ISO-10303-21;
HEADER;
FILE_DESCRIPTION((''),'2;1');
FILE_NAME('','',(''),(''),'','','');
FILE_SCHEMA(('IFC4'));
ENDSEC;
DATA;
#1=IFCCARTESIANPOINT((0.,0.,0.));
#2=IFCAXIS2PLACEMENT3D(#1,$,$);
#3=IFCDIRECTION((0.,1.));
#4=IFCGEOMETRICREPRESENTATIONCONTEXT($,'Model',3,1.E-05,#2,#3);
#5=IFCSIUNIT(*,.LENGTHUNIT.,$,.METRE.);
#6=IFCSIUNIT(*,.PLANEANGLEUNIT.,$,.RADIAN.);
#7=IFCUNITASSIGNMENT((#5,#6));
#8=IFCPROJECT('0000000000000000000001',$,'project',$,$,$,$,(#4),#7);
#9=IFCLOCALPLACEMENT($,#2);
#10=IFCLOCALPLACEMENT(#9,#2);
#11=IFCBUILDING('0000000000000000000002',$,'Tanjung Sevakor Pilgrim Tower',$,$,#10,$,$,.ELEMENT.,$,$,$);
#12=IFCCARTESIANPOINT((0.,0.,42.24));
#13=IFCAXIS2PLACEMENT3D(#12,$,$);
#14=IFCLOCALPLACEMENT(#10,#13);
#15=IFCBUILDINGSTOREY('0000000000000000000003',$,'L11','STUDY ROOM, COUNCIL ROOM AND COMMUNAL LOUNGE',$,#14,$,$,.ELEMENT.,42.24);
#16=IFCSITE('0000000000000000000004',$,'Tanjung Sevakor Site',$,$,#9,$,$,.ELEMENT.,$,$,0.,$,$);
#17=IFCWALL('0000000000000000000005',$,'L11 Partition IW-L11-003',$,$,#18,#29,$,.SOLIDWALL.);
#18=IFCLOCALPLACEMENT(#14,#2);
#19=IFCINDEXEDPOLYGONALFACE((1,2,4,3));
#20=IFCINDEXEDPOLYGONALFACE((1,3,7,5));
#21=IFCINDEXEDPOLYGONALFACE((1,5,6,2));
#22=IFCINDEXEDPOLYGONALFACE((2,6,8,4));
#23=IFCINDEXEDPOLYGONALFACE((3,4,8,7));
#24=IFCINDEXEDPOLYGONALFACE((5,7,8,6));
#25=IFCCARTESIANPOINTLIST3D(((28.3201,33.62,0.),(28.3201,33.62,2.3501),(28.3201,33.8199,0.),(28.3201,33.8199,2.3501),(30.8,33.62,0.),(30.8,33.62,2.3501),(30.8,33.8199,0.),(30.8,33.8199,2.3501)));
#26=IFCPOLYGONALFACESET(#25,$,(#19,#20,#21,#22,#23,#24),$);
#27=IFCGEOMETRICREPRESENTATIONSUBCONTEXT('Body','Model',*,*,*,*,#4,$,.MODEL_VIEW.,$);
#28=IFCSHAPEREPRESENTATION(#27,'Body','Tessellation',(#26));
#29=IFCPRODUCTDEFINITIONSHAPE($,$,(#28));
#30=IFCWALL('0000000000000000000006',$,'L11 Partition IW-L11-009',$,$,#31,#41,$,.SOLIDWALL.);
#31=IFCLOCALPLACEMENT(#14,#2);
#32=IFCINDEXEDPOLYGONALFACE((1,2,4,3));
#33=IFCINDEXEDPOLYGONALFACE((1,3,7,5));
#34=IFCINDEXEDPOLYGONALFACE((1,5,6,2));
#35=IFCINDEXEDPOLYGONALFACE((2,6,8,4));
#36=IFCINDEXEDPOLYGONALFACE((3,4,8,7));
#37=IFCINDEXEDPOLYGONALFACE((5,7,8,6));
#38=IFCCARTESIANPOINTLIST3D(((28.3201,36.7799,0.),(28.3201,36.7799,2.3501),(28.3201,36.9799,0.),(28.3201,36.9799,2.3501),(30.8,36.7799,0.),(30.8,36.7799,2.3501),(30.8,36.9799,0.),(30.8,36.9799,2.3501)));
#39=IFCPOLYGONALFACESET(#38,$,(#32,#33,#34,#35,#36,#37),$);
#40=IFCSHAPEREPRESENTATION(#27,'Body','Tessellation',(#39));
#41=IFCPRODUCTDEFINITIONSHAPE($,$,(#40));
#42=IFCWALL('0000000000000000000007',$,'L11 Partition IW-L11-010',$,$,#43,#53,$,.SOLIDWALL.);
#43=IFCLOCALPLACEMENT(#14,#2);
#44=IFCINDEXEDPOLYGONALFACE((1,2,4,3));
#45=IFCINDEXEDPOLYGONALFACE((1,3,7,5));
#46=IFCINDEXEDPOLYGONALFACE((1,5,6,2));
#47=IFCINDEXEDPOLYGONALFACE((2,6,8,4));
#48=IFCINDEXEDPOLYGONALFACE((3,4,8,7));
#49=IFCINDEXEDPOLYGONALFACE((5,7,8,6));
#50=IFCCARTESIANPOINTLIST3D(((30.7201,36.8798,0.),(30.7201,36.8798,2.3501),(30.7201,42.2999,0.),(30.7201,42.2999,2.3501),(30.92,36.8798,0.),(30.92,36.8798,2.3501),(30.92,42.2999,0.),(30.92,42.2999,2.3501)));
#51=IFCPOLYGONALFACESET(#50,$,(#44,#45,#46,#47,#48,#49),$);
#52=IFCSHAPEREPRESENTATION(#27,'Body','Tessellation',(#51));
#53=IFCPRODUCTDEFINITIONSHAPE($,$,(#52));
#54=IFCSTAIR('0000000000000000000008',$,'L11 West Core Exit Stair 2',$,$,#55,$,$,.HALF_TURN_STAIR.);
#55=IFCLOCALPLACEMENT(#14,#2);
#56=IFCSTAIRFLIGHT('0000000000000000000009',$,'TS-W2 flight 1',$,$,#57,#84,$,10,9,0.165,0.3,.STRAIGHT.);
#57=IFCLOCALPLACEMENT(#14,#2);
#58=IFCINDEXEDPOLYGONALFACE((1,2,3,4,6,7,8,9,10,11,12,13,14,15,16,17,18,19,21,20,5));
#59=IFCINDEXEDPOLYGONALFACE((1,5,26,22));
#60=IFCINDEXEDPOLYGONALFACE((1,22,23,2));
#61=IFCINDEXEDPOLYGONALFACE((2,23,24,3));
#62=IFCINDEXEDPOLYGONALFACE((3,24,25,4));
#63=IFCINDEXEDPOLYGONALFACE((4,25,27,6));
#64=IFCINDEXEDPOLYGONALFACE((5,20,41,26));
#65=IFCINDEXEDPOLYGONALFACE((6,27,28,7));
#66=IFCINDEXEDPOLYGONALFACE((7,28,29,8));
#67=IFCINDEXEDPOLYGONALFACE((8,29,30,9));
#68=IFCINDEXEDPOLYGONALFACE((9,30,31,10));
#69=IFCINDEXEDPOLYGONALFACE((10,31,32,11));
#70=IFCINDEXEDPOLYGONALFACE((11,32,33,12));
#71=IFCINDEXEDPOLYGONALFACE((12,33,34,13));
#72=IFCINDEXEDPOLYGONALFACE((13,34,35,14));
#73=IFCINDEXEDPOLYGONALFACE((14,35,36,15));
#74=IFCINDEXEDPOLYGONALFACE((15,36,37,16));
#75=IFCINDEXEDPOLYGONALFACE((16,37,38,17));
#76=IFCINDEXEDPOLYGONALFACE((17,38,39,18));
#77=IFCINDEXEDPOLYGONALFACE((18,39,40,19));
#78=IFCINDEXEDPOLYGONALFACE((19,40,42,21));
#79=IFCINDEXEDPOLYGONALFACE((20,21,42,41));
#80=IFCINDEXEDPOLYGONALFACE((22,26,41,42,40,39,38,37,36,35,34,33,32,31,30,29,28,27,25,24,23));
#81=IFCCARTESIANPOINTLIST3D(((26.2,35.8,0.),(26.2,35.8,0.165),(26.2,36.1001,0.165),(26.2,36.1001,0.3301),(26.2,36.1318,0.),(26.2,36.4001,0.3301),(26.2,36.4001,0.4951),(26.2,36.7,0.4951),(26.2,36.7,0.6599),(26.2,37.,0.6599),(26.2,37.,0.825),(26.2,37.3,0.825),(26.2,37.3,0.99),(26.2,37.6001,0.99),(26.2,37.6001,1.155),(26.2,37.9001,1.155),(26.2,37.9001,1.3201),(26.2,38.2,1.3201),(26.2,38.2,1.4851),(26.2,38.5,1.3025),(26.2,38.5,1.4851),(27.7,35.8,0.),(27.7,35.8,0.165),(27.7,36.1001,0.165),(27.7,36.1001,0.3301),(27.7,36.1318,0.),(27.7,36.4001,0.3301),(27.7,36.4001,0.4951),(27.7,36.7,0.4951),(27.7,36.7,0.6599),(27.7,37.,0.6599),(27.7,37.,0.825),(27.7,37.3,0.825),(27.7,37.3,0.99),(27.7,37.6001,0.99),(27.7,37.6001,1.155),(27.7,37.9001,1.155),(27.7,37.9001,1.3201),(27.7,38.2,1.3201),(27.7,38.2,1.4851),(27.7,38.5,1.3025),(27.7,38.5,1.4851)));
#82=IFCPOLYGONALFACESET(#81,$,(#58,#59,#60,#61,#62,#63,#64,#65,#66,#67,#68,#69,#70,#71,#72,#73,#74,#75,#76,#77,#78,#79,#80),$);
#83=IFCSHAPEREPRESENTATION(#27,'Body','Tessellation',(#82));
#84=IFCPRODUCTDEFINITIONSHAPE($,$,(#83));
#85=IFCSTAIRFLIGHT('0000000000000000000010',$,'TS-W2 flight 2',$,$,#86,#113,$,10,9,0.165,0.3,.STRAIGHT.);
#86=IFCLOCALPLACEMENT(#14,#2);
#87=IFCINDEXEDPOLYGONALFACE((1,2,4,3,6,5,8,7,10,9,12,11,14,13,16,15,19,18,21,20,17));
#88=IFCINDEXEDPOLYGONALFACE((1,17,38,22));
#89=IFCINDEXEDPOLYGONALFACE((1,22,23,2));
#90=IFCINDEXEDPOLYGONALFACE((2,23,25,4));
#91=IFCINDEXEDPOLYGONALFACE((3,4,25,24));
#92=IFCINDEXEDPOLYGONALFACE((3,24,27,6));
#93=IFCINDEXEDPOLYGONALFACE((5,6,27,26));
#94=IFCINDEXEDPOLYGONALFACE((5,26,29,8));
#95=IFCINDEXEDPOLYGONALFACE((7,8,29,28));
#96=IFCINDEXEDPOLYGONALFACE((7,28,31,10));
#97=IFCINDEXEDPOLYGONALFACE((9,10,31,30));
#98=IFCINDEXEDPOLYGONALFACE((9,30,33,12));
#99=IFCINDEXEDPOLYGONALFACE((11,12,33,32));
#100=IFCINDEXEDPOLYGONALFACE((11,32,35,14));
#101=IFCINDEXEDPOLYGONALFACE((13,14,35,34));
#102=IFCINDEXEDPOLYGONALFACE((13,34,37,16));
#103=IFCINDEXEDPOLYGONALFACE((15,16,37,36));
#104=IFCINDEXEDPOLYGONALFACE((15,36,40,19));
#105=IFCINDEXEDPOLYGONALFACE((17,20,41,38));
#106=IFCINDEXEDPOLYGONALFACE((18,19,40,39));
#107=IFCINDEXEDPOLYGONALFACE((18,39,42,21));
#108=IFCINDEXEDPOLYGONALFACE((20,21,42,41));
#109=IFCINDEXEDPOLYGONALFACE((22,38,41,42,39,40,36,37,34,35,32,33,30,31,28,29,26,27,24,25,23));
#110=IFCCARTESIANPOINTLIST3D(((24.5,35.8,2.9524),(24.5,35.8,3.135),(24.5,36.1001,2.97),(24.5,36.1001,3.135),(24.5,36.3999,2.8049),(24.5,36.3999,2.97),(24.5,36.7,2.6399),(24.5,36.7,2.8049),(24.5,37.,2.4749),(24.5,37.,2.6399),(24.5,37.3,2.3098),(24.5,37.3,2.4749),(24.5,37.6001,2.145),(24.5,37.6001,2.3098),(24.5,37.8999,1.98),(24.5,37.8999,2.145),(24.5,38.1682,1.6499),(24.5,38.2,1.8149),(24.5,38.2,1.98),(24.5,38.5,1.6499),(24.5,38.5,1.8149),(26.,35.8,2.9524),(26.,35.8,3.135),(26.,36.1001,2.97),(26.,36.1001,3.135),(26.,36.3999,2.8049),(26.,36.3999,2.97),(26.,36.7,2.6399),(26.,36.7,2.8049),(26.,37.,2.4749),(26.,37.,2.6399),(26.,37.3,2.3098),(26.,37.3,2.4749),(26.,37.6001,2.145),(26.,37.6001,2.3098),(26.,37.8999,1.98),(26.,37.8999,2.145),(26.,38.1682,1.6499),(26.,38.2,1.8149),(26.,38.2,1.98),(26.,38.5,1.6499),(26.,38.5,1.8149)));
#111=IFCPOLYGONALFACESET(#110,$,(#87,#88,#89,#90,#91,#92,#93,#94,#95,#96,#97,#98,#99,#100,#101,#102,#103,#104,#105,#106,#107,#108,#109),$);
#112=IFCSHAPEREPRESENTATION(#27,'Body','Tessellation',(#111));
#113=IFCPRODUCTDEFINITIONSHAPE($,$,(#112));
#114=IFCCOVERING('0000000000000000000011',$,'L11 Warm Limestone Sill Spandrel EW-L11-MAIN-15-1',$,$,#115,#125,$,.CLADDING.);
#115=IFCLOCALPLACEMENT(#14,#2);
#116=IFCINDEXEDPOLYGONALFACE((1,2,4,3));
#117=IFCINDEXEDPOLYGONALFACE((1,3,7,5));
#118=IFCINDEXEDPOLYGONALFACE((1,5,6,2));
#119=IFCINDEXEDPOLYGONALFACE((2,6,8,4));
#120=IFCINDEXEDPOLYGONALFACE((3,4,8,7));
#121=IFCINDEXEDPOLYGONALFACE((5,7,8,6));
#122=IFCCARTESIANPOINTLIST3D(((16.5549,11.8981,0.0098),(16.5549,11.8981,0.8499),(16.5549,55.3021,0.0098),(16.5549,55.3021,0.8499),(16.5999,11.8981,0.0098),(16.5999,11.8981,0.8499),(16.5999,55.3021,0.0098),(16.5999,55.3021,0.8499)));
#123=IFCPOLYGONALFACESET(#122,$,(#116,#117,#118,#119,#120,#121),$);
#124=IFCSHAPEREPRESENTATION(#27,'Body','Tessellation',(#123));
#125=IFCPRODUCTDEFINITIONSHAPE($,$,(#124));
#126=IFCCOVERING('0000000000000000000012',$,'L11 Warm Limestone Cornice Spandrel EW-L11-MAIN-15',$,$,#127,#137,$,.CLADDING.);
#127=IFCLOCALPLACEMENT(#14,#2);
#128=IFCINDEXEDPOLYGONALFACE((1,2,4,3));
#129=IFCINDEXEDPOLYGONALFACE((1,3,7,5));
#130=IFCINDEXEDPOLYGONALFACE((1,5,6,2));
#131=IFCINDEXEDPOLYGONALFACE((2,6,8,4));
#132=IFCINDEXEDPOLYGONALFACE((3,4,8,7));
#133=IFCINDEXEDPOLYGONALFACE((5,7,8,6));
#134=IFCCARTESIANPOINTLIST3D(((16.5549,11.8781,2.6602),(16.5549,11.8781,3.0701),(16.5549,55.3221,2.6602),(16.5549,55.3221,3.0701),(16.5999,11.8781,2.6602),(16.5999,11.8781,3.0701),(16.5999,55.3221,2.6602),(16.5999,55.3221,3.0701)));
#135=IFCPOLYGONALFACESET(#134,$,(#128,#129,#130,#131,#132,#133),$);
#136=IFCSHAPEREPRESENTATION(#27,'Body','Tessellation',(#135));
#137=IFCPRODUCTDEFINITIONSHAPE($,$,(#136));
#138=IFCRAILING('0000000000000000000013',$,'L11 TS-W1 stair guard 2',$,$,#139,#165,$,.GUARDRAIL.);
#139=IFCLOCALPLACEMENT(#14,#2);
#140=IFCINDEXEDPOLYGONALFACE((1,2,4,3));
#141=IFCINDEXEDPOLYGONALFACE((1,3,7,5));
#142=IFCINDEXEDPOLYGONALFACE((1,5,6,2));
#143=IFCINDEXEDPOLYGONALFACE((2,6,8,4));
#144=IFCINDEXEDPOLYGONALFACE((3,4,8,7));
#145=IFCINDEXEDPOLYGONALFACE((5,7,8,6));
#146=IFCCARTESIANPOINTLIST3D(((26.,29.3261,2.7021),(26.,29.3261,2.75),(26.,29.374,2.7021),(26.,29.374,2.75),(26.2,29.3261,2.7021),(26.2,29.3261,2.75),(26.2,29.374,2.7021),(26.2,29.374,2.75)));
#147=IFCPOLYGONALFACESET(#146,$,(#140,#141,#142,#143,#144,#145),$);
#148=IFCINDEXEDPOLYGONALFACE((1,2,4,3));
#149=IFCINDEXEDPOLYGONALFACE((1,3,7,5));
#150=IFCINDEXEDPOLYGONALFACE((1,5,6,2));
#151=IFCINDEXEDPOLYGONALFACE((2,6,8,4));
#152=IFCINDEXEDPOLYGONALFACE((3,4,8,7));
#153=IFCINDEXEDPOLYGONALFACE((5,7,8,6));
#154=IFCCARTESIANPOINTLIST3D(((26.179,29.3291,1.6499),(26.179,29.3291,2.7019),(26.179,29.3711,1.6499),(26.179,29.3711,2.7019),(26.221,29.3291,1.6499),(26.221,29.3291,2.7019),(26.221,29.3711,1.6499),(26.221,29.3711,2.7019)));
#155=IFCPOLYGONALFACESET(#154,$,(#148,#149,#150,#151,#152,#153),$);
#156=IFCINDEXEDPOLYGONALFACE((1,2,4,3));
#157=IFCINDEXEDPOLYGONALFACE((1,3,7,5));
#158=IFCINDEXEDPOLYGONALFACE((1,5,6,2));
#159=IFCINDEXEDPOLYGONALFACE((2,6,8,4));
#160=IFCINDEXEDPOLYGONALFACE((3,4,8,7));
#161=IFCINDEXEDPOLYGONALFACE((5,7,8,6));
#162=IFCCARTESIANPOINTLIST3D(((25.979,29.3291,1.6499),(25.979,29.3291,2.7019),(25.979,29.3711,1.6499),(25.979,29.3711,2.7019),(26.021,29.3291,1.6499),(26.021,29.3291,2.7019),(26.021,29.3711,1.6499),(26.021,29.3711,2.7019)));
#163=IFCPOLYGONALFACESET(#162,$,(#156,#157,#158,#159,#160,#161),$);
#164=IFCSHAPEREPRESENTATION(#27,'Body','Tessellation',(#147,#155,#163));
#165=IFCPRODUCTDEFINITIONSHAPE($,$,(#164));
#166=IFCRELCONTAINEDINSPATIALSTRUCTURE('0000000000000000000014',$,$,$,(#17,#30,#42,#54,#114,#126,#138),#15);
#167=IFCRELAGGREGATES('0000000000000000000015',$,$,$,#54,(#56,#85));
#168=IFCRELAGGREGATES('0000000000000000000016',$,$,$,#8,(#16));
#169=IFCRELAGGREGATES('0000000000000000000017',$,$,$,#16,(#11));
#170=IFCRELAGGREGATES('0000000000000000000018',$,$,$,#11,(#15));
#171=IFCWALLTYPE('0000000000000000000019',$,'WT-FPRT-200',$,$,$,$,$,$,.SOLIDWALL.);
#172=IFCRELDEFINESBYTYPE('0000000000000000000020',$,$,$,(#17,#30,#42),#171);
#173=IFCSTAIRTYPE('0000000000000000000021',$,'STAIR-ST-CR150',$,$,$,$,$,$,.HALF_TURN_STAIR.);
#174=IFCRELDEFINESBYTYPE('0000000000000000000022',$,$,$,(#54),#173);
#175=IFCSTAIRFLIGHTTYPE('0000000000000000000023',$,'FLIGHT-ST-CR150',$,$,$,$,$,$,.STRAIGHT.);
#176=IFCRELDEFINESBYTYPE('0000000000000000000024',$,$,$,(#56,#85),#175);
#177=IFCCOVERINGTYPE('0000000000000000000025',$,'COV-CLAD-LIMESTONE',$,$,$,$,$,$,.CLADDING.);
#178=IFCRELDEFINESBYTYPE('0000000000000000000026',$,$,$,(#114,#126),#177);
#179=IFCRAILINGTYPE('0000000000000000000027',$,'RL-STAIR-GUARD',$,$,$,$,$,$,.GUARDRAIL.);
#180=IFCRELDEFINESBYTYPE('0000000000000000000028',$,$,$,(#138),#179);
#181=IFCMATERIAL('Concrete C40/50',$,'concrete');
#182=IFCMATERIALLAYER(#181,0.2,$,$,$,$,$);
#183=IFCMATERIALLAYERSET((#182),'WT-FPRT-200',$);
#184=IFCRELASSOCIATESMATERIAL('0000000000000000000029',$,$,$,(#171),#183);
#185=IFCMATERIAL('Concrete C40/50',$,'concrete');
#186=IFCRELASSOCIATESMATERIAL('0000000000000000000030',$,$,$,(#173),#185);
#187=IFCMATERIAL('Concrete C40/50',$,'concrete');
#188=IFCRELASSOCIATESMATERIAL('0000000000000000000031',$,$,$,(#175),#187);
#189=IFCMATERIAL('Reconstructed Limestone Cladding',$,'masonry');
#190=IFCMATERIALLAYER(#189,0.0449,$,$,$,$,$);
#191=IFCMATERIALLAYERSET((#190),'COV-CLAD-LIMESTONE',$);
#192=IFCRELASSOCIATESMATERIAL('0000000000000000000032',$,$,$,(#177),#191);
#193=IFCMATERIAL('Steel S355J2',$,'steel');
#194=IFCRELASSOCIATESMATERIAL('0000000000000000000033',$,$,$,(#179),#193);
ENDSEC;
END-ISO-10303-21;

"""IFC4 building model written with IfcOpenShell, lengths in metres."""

from ifc_helpers import new_model, si_unit, direction, frame, frame_2d, origin, origin_2d, place, context, subcontext, project, spatial, polyline, rectangle, outline, extrude, material, layer, layer_set, type_object, element, aggregate, save


model = new_model("IFC4")

# Units and contexts
model_context = context("Model", 3, precision=1e-05, world=origin(), true_north=direction((0.0, 1.0)))
body_context = subcontext(model_context, "Body", "Model", "MODEL_VIEW")
ifc_project = project(units=[si_unit("LENGTHUNIT", "METRE"), si_unit("PLANEANGLEUNIT", "RADIAN")], contexts=[model_context])

# Site, building, storey
site_placement = place(None, origin())
site = spatial("IfcSite", under=ifc_project, at=site_placement, Name="Tanjung Sevakor Site", CompositionType="ELEMENT", RefElevation=0.0)
building_placement = place(site_placement, origin())
building = spatial("IfcBuilding", under=site, at=building_placement, Name="Tanjung Sevakor Pilgrim Tower", CompositionType="ELEMENT")
storey_placement = place(building_placement, frame((0.0, 0.0, 42.24)))
storey = spatial("IfcBuildingStorey", under=building, at=storey_placement, Name="L11", Description="STUDY ROOM, COUNCIL ROOM AND COMMUNAL LOUNGE", CompositionType="ELEMENT", Elevation=42.24)

# Walls
ifc_material_1 = material(Name="Concrete C40/50", Category="concrete")
ifc_layer_1 = layer(ifc_material_1, 0.2)
ifc_layer_set_1 = layer_set([ifc_layer_1], Name="WT-FPRT-200")
wall_type_1 = type_object("IfcWallType", Name="WT-FPRT-200", PredefinedType="SOLIDWALL", material=ifc_layer_set_1)
for number, where, z_axis, x_axis, name in (
    (1, (28.3201, 33.72, 0.0), (0.0, 0.0, 1.0), (1.0, 0.0, 0.0), "L11 Partition IW-L11-003"),
    (2, (28.3201, 36.8799, 0.0), (0.0, 0.0, 1.0), (1.0, 0.0, 0.0), "L11 Partition IW-L11-009"),
):
    element("IfcWall", number, at=place(storey_placement, frame(where, z_axis=z_axis, x_axis=x_axis)), inside=storey, type_object=wall_type_1, Name=name, PredefinedType="SOLIDWALL", context=body_context, shape_type="SweptSolid", body=[
        extrude(rectangle(XDim=2.48, YDim=0.2, at=frame_2d((1.24, 0.0))), origin(), (0.0, 0.0, 1.0), 2.3501),
    ])
wall_1_placement = place(storey_placement, frame((30.8201, 36.8799, 0.0), z_axis=(0.0, 0.0, 1.0), x_axis=(0.0, 1.0, 0.0)))
element("IfcWall", 3, at=wall_1_placement, inside=storey, type_object=wall_type_1, Name="L11 Partition IW-L11-010", PredefinedType="SOLIDWALL", context=body_context, shape_type="SweptSolid", body=[
    extrude(rectangle(XDim=5.4202, YDim=0.2, at=frame_2d((2.71, 0.0))), origin(), (0.0, 0.0, 1.0), 2.3501),
])

# Stair, stair flights
ifc_material_2 = material(Name="Concrete C40/50", Category="concrete")
stair_type = type_object("IfcStairType", Name="STAIR-ST-CR150", PredefinedType="HALF_TURN_STAIR", material=ifc_material_2)
stair_placement = place(storey_placement, origin())
stair = element("IfcStair", 4, at=stair_placement, inside=storey, type_object=stair_type, Name="L11 West Core Exit Stair 2", PredefinedType="HALF_TURN_STAIR")
ifc_material_3 = material(Name="Concrete C40/50", Category="concrete")
stair_flight_type = type_object("IfcStairFlightType", Name="FLIGHT-ST-CR150", PredefinedType="STRAIGHT", material=ifc_material_3)
stair_flight_1_placement = place(storey_placement, frame((26.95, 35.8, 0.0), z_axis=(0.0, 0.0, 1.0), x_axis=(0.0, 1.0, 0.0)))
stair_flight_1 = element("IfcStairFlight", 5, at=stair_flight_1_placement, type_object=stair_flight_type, Name="TS-W2 flight 1", NumberOfRisers=10, NumberOfTreads=9, PredefinedType="STRAIGHT", RiserHeight=0.165, TreadLength=0.3, context=body_context, shape_type="SweptSolid", body=[
    extrude(outline(polyline([(0.0, 0.0), (0.0, 0.165), (0.3, 0.165), (0.3, 0.3301), (0.6001, 0.3301), (0.6001, 0.4951), (0.8999, 0.4951), (0.8999, 0.6599), (1.2, 0.6599), (1.2, 0.825), (1.5, 0.825), (1.5, 0.99), (1.8, 0.99), (1.8, 1.155), (2.1001, 1.155), (2.1001, 1.3201), (2.3999, 1.3201), (2.3999, 1.4851), (2.7, 1.4851), (2.7, 1.6499), (2.7, 1.3025), (0.3318, 0.0), (0.0, 0.0)])), frame((0.0, 0.75, 0.0), z_axis=(0.0, -1.0, 0.0), x_axis=(1.0, 0.0, 0.0)), (0.0, 0.0, 1.0), 1.5),
])
stair_flight_2_placement = place(storey_placement, frame((25.25, 38.5, 1.6499), z_axis=(0.0, 0.0, 1.0), x_axis=(0.0, -1.0, 0.0)))
stair_flight_2 = element("IfcStairFlight", 6, at=stair_flight_2_placement, type_object=stair_flight_type, Name="TS-W2 flight 2", NumberOfRisers=10, NumberOfTreads=9, PredefinedType="STRAIGHT", RiserHeight=0.165, TreadLength=0.3, context=body_context, shape_type="SweptSolid", body=[
    extrude(outline(polyline([(0.0, 0.0), (0.0, 0.165), (0.3, 0.165), (0.3, 0.3301), (0.6001, 0.3301), (0.6001, 0.4951), (0.8999, 0.4951), (0.8999, 0.6599), (1.2, 0.6599), (1.2, 0.825), (1.5, 0.825), (1.5, 0.99), (1.8, 0.99), (1.8, 1.155), (2.1001, 1.155), (2.1001, 1.3201), (2.3999, 1.3201), (2.3999, 1.4851), (2.7, 1.4851), (2.7, 1.6499), (2.7, 1.3025), (0.3318, 0.0), (0.0, 0.0)])), frame((0.0, 0.75, 0.0), z_axis=(0.0, -1.0, 0.0), x_axis=(1.0, 0.0, 0.0)), (0.0, 0.0, 1.0), 1.5),
])
aggregate(stair, [stair_flight_1, stair_flight_2])

# Coverings
ifc_material_4 = material(Name="Reconstructed Limestone Cladding", Category="masonry")
ifc_layer_2 = layer(ifc_material_4, 0.0449)
ifc_layer_set_2 = layer_set([ifc_layer_2], Name="COV-CLAD-LIMESTONE")
covering_type = type_object("IfcCoveringType", Name="COV-CLAD-LIMESTONE", PredefinedType="CLADDING", material=ifc_layer_set_2)
covering_1_placement = place(storey_placement, frame((16.5774, 33.6001, 0.0098), z_axis=(0.0, 0.0, 1.0), x_axis=(0.0, -1.0, 0.0)))
element("IfcCovering", 7, at=covering_1_placement, inside=storey, type_object=covering_type, Name="L11 Warm Limestone Sill Spandrel EW-L11-MAIN-15-1", PredefinedType="CLADDING", context=body_context, shape_type="SweptSolid", body=[
    extrude(rectangle(XDim=43.4041, YDim=0.0449, at=origin_2d()), origin(), (0.0, 0.0, 1.0), 0.8401),
])
covering_2_placement = place(storey_placement, frame((16.5774, 33.6001, 2.6602), z_axis=(0.0, 0.0, 1.0), x_axis=(0.0, -1.0, 0.0)))
element("IfcCovering", 8, at=covering_2_placement, inside=storey, type_object=covering_type, Name="L11 Warm Limestone Cornice Spandrel EW-L11-MAIN-15", PredefinedType="CLADDING", context=body_context, shape_type="SweptSolid", body=[
    extrude(rectangle(XDim=43.4441, YDim=0.0449, at=origin_2d()), origin(), (0.0, 0.0, 1.0), 0.4099),
])

# Railing
ifc_material_5 = material(Name="Steel S355J2", Category="steel")
railing_type_1 = type_object("IfcRailingType", Name="RL-STAIR-GUARD", PredefinedType="GUARDRAIL", material=ifc_material_5)
railing_1_placement = place(storey_placement, frame((26.2, 29.3501, 1.6499)))
element("IfcRailing", 9, at=railing_1_placement, inside=storey, type_object=railing_type_1, Name="L11 TS-W1 stair guard 2", PredefinedType="GUARDRAIL", context=body_context, shape_type="SweptSolid", body=[
    extrude(rectangle(XDim=0.0479, YDim=0.0479), frame((0.0, 0.0, 1.0762), z_axis=(-1.0, 0.0, 0.0), x_axis=(0.0, -1.0, 0.0)), (0.0, 0.0, 1.0), 0.2),
    extrude(rectangle(XDim=0.042, YDim=0.042), origin(), (0.0, 0.0, 1.0), 1.052),
    extrude(rectangle(XDim=0.042, YDim=0.042), frame((-0.2, 0.0, 0.0)), (0.0, 0.0, 1.0), 1.052),
])

save(model, "model.ifc")
